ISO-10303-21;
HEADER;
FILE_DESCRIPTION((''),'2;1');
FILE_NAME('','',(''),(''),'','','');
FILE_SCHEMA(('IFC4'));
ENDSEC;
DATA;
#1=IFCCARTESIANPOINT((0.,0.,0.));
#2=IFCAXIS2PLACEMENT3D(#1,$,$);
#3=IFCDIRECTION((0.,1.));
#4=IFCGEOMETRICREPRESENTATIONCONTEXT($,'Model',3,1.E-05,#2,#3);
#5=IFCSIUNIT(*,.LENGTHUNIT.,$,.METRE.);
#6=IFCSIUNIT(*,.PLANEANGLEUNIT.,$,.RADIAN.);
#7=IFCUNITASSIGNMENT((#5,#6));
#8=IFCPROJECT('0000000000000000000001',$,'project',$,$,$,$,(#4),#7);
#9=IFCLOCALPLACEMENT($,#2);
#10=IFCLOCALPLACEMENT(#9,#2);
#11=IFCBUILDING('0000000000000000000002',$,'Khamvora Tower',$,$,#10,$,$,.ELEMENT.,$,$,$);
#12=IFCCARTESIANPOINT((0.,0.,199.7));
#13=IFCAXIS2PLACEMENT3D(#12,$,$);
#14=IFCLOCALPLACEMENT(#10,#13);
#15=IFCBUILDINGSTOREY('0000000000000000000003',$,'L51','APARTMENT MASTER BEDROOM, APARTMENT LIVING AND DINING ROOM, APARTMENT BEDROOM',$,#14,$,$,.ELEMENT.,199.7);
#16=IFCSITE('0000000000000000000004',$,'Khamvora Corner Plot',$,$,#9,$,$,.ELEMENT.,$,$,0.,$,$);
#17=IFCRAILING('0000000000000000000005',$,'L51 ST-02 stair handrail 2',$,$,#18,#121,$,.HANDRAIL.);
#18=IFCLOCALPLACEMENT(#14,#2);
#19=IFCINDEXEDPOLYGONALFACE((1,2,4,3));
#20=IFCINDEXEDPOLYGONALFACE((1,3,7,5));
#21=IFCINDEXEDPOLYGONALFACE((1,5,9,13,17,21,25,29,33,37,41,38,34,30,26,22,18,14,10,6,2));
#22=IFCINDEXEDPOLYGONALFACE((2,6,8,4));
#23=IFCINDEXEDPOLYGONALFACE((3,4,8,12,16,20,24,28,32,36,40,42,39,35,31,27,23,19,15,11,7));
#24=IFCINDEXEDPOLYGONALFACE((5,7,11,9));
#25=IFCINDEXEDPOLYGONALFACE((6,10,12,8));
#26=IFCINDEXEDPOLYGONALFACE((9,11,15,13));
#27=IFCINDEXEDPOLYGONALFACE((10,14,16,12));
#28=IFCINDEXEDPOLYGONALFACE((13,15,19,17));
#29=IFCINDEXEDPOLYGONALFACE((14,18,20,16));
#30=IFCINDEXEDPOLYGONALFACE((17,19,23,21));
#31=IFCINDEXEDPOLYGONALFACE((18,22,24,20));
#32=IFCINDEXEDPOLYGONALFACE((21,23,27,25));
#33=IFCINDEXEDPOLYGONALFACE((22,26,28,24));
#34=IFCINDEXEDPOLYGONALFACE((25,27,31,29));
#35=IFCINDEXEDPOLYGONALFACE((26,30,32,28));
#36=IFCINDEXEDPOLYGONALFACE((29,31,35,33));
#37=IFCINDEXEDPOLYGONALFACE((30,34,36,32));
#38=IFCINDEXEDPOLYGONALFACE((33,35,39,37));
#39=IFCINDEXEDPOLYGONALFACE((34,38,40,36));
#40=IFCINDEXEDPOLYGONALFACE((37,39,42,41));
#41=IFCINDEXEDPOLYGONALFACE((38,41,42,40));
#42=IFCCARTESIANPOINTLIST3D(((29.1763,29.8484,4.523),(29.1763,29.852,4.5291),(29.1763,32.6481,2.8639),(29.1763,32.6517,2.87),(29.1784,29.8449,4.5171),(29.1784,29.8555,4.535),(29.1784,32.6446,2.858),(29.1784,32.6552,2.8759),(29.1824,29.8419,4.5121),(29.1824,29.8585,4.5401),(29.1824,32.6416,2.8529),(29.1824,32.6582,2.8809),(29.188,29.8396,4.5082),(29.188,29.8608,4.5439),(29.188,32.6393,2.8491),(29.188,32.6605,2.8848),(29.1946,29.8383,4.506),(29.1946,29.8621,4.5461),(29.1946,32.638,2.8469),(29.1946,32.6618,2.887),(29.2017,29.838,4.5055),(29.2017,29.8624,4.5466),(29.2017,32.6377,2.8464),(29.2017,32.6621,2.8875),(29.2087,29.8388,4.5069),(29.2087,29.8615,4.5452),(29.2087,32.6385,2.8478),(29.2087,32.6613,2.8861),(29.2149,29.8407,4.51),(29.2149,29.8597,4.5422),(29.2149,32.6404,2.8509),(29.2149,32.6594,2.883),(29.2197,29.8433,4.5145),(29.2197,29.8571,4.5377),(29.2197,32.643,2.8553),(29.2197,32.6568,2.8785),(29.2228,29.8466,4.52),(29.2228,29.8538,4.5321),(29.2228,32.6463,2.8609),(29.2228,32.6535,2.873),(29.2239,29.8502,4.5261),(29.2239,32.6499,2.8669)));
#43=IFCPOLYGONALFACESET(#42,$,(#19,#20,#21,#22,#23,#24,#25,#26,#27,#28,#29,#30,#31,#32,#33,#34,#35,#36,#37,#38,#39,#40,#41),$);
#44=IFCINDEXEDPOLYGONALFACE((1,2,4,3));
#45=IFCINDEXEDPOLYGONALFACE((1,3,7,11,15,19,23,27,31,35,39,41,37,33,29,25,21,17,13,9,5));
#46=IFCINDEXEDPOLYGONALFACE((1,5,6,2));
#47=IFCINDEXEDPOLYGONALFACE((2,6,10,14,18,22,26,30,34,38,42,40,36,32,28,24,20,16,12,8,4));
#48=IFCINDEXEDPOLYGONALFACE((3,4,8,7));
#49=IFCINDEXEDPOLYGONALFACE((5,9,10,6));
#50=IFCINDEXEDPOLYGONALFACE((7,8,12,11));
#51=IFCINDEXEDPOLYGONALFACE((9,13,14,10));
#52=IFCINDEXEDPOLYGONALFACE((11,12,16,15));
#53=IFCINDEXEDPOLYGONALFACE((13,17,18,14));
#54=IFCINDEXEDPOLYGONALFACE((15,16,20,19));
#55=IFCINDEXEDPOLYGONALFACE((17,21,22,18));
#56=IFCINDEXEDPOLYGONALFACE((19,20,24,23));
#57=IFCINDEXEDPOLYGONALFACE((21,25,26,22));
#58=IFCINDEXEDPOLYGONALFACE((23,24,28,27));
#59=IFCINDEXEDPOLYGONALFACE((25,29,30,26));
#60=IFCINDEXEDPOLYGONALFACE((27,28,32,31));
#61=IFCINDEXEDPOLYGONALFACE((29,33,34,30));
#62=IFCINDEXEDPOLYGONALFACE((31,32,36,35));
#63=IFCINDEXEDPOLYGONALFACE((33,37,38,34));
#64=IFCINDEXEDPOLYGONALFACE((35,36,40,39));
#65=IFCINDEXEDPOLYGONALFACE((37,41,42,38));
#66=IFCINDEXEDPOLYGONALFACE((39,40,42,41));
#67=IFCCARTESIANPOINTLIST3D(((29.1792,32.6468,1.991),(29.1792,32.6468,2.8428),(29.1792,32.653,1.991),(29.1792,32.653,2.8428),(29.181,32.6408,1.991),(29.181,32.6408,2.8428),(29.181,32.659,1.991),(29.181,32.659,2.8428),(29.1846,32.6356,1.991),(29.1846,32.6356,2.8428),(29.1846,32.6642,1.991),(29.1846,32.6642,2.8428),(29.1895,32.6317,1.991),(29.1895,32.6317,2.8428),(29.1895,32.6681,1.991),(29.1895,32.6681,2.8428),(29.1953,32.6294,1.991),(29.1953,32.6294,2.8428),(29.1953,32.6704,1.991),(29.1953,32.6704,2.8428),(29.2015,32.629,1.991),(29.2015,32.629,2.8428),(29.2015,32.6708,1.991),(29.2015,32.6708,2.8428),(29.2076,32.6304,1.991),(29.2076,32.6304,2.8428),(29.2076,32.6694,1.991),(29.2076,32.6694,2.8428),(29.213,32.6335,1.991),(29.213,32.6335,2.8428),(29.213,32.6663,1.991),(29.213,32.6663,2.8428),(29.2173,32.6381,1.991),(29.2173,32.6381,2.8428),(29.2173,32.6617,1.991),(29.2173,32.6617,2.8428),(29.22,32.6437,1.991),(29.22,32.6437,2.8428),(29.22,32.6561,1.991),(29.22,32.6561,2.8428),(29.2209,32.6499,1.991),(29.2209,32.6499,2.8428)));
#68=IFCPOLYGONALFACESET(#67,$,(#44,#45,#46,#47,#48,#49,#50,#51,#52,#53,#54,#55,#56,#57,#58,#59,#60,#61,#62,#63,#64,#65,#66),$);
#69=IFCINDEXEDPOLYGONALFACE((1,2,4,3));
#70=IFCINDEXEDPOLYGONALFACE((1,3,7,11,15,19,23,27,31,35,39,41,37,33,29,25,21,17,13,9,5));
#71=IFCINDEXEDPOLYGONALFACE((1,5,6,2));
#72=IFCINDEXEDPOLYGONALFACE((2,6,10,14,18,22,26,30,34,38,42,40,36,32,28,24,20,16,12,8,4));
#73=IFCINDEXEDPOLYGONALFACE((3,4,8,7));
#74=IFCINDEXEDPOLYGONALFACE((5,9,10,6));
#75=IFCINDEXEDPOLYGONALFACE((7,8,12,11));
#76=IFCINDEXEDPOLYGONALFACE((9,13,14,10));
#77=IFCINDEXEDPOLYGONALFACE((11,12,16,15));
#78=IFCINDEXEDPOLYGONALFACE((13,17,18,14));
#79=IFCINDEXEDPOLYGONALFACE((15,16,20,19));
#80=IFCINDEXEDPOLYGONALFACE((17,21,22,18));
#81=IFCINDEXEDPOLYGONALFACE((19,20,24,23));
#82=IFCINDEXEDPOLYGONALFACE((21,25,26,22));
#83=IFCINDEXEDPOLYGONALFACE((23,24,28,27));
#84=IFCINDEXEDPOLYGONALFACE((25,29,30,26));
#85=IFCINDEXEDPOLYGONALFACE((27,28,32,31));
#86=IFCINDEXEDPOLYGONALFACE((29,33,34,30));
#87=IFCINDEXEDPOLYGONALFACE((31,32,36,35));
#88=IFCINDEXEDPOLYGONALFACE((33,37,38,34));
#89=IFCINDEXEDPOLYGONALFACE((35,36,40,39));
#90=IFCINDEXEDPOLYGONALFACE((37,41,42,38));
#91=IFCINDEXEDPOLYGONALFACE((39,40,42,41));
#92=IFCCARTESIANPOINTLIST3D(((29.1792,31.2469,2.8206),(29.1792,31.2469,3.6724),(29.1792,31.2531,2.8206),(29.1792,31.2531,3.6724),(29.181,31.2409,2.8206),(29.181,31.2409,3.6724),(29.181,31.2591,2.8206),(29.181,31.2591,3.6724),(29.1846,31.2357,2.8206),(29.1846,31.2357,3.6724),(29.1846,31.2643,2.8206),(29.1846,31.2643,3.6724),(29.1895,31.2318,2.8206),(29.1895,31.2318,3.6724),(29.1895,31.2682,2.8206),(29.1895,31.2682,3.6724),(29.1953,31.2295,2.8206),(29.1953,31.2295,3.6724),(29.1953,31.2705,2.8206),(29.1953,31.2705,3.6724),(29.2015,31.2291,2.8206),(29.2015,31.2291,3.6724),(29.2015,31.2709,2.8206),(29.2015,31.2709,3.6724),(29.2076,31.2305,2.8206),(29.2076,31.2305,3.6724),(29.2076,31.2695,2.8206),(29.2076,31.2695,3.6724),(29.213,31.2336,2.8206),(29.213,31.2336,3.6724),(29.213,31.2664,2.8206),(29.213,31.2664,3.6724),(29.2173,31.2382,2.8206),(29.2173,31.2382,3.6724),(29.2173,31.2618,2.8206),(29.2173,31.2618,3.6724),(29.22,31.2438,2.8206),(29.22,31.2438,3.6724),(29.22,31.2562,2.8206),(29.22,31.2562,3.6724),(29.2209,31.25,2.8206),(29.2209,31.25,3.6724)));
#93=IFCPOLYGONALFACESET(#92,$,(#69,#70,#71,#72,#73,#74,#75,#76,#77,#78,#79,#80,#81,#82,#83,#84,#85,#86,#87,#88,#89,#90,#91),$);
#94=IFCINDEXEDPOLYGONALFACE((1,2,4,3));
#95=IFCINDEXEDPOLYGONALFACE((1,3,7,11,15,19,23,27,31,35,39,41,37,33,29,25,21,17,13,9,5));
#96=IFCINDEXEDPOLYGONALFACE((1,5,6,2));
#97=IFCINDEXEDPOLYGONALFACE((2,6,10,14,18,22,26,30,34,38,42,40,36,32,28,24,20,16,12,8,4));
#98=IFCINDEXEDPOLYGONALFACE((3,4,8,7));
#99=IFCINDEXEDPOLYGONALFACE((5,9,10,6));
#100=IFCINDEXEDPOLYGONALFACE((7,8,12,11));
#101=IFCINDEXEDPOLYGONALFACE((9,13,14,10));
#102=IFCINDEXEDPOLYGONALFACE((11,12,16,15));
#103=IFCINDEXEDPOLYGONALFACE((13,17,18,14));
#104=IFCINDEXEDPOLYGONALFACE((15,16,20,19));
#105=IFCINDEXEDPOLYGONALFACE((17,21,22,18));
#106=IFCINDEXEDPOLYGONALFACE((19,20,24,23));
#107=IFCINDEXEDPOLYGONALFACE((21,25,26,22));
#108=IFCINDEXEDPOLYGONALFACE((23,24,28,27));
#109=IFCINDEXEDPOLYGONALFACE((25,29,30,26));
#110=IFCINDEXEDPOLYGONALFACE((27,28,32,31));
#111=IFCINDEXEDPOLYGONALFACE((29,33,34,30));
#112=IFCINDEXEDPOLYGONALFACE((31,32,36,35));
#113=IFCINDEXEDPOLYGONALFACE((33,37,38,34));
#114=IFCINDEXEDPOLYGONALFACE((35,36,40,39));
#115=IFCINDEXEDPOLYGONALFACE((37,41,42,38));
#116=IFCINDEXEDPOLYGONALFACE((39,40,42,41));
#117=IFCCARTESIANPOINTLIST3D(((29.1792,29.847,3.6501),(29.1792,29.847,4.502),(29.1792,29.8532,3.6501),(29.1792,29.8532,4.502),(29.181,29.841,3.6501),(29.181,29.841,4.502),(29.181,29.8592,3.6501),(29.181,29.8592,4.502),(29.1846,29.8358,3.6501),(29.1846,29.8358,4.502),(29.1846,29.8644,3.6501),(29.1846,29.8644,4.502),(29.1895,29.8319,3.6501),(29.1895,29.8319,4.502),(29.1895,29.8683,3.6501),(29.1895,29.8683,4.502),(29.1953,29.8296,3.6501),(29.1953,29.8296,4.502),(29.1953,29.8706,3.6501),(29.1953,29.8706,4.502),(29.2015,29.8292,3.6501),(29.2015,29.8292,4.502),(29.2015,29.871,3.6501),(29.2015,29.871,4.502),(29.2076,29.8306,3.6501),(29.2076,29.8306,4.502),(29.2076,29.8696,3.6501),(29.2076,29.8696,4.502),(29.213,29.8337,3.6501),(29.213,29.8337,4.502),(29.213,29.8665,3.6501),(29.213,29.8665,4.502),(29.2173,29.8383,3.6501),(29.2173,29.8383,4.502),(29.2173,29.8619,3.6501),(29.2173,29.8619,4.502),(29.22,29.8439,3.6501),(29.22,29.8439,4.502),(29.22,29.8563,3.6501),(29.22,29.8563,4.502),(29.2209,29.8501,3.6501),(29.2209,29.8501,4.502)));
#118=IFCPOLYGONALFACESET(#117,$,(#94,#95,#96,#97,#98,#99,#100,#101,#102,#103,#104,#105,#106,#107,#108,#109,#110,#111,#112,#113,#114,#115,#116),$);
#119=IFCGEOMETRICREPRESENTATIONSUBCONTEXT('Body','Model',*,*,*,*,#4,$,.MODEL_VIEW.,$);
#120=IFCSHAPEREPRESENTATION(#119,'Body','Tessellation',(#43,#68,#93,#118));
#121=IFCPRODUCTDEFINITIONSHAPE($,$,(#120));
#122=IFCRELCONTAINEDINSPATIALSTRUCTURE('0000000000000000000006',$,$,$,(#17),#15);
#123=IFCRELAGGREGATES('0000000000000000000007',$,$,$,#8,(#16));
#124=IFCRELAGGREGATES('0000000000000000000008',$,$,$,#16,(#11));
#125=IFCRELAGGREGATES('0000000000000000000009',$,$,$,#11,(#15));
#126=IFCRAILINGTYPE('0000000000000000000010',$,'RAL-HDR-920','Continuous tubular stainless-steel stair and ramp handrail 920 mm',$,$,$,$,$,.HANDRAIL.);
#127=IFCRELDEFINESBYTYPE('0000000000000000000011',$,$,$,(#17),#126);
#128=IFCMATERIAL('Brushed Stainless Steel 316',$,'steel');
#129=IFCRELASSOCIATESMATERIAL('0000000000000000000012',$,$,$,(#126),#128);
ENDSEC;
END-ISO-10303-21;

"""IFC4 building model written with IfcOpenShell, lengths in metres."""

from ifc_helpers import new_model, si_unit, direction, frame, origin, origin_2d, place, context, subcontext, project, spatial, circle, extrude, material, type_object, element, save


model = new_model("IFC4")

# Units and contexts
model_context = context("Model", 3, precision=1e-05, world=origin(), true_north=direction((0.0, 1.0)))
body_context = subcontext(model_context, "Body", "Model", "MODEL_VIEW")
ifc_project = project(units=[si_unit("LENGTHUNIT", "METRE"), si_unit("PLANEANGLEUNIT", "RADIAN")], contexts=[model_context])

# Site, building, storey
site_placement = place(None, origin())
site = spatial("IfcSite", under=ifc_project, at=site_placement, Name="Khamvora Corner Plot", CompositionType="ELEMENT", RefElevation=0.0)
building_placement = place(site_placement, origin())
building = spatial("IfcBuilding", under=site, at=building_placement, Name="Khamvora Tower", CompositionType="ELEMENT")
storey_placement = place(building_placement, frame((0.0, 0.0, 199.7)))
storey = spatial("IfcBuildingStorey", under=building, at=storey_placement, Name="L51", Description="APARTMENT MASTER BEDROOM, APARTMENT LIVING AND DINING ROOM, APARTMENT BEDROOM", CompositionType="ELEMENT", Elevation=199.7)

# Railing
ifc_material_1 = material(Name="Brushed Stainless Steel 316", Category="steel")
railing_type_1 = type_object("IfcRailingType", Name="RAL-HDR-920", Description="Continuous tubular stainless-steel stair and ramp handrail 920 mm", PredefinedType="HANDRAIL", material=ifc_material_1)
railing_1_placement = place(storey_placement, frame((29.2, 32.6499, 1.991)))
element("IfcRailing", 1, at=railing_1_placement, inside=storey, type_object=railing_type_1, Name="L51 ST-02 stair handrail 2", PredefinedType="HANDRAIL", context=body_context, shape_type="SweptSolid", body=[
    extrude(circle(Radius=0.0239, at=origin_2d()), frame((0.0, 0.0, 0.876), z_axis=(0.0, -0.860287, 0.509811), x_axis=(1.0, 0.0, 0.0)), (0.0, 0.0, 1.0), 3.2544),
    extrude(circle(Radius=0.021, at=origin_2d()), origin(), (0.0, 0.0, 1.0), 0.8518),
    extrude(circle(Radius=0.021, at=origin_2d()), frame((0.0, -1.3999, 0.8296)), (0.0, 0.0, 1.0), 0.8518),
    extrude(circle(Radius=0.021, at=origin_2d()), frame((0.0, -2.7998, 1.6592)), (0.0, 0.0, 1.0), 0.8518),
])

save(model, "model.ifc")
